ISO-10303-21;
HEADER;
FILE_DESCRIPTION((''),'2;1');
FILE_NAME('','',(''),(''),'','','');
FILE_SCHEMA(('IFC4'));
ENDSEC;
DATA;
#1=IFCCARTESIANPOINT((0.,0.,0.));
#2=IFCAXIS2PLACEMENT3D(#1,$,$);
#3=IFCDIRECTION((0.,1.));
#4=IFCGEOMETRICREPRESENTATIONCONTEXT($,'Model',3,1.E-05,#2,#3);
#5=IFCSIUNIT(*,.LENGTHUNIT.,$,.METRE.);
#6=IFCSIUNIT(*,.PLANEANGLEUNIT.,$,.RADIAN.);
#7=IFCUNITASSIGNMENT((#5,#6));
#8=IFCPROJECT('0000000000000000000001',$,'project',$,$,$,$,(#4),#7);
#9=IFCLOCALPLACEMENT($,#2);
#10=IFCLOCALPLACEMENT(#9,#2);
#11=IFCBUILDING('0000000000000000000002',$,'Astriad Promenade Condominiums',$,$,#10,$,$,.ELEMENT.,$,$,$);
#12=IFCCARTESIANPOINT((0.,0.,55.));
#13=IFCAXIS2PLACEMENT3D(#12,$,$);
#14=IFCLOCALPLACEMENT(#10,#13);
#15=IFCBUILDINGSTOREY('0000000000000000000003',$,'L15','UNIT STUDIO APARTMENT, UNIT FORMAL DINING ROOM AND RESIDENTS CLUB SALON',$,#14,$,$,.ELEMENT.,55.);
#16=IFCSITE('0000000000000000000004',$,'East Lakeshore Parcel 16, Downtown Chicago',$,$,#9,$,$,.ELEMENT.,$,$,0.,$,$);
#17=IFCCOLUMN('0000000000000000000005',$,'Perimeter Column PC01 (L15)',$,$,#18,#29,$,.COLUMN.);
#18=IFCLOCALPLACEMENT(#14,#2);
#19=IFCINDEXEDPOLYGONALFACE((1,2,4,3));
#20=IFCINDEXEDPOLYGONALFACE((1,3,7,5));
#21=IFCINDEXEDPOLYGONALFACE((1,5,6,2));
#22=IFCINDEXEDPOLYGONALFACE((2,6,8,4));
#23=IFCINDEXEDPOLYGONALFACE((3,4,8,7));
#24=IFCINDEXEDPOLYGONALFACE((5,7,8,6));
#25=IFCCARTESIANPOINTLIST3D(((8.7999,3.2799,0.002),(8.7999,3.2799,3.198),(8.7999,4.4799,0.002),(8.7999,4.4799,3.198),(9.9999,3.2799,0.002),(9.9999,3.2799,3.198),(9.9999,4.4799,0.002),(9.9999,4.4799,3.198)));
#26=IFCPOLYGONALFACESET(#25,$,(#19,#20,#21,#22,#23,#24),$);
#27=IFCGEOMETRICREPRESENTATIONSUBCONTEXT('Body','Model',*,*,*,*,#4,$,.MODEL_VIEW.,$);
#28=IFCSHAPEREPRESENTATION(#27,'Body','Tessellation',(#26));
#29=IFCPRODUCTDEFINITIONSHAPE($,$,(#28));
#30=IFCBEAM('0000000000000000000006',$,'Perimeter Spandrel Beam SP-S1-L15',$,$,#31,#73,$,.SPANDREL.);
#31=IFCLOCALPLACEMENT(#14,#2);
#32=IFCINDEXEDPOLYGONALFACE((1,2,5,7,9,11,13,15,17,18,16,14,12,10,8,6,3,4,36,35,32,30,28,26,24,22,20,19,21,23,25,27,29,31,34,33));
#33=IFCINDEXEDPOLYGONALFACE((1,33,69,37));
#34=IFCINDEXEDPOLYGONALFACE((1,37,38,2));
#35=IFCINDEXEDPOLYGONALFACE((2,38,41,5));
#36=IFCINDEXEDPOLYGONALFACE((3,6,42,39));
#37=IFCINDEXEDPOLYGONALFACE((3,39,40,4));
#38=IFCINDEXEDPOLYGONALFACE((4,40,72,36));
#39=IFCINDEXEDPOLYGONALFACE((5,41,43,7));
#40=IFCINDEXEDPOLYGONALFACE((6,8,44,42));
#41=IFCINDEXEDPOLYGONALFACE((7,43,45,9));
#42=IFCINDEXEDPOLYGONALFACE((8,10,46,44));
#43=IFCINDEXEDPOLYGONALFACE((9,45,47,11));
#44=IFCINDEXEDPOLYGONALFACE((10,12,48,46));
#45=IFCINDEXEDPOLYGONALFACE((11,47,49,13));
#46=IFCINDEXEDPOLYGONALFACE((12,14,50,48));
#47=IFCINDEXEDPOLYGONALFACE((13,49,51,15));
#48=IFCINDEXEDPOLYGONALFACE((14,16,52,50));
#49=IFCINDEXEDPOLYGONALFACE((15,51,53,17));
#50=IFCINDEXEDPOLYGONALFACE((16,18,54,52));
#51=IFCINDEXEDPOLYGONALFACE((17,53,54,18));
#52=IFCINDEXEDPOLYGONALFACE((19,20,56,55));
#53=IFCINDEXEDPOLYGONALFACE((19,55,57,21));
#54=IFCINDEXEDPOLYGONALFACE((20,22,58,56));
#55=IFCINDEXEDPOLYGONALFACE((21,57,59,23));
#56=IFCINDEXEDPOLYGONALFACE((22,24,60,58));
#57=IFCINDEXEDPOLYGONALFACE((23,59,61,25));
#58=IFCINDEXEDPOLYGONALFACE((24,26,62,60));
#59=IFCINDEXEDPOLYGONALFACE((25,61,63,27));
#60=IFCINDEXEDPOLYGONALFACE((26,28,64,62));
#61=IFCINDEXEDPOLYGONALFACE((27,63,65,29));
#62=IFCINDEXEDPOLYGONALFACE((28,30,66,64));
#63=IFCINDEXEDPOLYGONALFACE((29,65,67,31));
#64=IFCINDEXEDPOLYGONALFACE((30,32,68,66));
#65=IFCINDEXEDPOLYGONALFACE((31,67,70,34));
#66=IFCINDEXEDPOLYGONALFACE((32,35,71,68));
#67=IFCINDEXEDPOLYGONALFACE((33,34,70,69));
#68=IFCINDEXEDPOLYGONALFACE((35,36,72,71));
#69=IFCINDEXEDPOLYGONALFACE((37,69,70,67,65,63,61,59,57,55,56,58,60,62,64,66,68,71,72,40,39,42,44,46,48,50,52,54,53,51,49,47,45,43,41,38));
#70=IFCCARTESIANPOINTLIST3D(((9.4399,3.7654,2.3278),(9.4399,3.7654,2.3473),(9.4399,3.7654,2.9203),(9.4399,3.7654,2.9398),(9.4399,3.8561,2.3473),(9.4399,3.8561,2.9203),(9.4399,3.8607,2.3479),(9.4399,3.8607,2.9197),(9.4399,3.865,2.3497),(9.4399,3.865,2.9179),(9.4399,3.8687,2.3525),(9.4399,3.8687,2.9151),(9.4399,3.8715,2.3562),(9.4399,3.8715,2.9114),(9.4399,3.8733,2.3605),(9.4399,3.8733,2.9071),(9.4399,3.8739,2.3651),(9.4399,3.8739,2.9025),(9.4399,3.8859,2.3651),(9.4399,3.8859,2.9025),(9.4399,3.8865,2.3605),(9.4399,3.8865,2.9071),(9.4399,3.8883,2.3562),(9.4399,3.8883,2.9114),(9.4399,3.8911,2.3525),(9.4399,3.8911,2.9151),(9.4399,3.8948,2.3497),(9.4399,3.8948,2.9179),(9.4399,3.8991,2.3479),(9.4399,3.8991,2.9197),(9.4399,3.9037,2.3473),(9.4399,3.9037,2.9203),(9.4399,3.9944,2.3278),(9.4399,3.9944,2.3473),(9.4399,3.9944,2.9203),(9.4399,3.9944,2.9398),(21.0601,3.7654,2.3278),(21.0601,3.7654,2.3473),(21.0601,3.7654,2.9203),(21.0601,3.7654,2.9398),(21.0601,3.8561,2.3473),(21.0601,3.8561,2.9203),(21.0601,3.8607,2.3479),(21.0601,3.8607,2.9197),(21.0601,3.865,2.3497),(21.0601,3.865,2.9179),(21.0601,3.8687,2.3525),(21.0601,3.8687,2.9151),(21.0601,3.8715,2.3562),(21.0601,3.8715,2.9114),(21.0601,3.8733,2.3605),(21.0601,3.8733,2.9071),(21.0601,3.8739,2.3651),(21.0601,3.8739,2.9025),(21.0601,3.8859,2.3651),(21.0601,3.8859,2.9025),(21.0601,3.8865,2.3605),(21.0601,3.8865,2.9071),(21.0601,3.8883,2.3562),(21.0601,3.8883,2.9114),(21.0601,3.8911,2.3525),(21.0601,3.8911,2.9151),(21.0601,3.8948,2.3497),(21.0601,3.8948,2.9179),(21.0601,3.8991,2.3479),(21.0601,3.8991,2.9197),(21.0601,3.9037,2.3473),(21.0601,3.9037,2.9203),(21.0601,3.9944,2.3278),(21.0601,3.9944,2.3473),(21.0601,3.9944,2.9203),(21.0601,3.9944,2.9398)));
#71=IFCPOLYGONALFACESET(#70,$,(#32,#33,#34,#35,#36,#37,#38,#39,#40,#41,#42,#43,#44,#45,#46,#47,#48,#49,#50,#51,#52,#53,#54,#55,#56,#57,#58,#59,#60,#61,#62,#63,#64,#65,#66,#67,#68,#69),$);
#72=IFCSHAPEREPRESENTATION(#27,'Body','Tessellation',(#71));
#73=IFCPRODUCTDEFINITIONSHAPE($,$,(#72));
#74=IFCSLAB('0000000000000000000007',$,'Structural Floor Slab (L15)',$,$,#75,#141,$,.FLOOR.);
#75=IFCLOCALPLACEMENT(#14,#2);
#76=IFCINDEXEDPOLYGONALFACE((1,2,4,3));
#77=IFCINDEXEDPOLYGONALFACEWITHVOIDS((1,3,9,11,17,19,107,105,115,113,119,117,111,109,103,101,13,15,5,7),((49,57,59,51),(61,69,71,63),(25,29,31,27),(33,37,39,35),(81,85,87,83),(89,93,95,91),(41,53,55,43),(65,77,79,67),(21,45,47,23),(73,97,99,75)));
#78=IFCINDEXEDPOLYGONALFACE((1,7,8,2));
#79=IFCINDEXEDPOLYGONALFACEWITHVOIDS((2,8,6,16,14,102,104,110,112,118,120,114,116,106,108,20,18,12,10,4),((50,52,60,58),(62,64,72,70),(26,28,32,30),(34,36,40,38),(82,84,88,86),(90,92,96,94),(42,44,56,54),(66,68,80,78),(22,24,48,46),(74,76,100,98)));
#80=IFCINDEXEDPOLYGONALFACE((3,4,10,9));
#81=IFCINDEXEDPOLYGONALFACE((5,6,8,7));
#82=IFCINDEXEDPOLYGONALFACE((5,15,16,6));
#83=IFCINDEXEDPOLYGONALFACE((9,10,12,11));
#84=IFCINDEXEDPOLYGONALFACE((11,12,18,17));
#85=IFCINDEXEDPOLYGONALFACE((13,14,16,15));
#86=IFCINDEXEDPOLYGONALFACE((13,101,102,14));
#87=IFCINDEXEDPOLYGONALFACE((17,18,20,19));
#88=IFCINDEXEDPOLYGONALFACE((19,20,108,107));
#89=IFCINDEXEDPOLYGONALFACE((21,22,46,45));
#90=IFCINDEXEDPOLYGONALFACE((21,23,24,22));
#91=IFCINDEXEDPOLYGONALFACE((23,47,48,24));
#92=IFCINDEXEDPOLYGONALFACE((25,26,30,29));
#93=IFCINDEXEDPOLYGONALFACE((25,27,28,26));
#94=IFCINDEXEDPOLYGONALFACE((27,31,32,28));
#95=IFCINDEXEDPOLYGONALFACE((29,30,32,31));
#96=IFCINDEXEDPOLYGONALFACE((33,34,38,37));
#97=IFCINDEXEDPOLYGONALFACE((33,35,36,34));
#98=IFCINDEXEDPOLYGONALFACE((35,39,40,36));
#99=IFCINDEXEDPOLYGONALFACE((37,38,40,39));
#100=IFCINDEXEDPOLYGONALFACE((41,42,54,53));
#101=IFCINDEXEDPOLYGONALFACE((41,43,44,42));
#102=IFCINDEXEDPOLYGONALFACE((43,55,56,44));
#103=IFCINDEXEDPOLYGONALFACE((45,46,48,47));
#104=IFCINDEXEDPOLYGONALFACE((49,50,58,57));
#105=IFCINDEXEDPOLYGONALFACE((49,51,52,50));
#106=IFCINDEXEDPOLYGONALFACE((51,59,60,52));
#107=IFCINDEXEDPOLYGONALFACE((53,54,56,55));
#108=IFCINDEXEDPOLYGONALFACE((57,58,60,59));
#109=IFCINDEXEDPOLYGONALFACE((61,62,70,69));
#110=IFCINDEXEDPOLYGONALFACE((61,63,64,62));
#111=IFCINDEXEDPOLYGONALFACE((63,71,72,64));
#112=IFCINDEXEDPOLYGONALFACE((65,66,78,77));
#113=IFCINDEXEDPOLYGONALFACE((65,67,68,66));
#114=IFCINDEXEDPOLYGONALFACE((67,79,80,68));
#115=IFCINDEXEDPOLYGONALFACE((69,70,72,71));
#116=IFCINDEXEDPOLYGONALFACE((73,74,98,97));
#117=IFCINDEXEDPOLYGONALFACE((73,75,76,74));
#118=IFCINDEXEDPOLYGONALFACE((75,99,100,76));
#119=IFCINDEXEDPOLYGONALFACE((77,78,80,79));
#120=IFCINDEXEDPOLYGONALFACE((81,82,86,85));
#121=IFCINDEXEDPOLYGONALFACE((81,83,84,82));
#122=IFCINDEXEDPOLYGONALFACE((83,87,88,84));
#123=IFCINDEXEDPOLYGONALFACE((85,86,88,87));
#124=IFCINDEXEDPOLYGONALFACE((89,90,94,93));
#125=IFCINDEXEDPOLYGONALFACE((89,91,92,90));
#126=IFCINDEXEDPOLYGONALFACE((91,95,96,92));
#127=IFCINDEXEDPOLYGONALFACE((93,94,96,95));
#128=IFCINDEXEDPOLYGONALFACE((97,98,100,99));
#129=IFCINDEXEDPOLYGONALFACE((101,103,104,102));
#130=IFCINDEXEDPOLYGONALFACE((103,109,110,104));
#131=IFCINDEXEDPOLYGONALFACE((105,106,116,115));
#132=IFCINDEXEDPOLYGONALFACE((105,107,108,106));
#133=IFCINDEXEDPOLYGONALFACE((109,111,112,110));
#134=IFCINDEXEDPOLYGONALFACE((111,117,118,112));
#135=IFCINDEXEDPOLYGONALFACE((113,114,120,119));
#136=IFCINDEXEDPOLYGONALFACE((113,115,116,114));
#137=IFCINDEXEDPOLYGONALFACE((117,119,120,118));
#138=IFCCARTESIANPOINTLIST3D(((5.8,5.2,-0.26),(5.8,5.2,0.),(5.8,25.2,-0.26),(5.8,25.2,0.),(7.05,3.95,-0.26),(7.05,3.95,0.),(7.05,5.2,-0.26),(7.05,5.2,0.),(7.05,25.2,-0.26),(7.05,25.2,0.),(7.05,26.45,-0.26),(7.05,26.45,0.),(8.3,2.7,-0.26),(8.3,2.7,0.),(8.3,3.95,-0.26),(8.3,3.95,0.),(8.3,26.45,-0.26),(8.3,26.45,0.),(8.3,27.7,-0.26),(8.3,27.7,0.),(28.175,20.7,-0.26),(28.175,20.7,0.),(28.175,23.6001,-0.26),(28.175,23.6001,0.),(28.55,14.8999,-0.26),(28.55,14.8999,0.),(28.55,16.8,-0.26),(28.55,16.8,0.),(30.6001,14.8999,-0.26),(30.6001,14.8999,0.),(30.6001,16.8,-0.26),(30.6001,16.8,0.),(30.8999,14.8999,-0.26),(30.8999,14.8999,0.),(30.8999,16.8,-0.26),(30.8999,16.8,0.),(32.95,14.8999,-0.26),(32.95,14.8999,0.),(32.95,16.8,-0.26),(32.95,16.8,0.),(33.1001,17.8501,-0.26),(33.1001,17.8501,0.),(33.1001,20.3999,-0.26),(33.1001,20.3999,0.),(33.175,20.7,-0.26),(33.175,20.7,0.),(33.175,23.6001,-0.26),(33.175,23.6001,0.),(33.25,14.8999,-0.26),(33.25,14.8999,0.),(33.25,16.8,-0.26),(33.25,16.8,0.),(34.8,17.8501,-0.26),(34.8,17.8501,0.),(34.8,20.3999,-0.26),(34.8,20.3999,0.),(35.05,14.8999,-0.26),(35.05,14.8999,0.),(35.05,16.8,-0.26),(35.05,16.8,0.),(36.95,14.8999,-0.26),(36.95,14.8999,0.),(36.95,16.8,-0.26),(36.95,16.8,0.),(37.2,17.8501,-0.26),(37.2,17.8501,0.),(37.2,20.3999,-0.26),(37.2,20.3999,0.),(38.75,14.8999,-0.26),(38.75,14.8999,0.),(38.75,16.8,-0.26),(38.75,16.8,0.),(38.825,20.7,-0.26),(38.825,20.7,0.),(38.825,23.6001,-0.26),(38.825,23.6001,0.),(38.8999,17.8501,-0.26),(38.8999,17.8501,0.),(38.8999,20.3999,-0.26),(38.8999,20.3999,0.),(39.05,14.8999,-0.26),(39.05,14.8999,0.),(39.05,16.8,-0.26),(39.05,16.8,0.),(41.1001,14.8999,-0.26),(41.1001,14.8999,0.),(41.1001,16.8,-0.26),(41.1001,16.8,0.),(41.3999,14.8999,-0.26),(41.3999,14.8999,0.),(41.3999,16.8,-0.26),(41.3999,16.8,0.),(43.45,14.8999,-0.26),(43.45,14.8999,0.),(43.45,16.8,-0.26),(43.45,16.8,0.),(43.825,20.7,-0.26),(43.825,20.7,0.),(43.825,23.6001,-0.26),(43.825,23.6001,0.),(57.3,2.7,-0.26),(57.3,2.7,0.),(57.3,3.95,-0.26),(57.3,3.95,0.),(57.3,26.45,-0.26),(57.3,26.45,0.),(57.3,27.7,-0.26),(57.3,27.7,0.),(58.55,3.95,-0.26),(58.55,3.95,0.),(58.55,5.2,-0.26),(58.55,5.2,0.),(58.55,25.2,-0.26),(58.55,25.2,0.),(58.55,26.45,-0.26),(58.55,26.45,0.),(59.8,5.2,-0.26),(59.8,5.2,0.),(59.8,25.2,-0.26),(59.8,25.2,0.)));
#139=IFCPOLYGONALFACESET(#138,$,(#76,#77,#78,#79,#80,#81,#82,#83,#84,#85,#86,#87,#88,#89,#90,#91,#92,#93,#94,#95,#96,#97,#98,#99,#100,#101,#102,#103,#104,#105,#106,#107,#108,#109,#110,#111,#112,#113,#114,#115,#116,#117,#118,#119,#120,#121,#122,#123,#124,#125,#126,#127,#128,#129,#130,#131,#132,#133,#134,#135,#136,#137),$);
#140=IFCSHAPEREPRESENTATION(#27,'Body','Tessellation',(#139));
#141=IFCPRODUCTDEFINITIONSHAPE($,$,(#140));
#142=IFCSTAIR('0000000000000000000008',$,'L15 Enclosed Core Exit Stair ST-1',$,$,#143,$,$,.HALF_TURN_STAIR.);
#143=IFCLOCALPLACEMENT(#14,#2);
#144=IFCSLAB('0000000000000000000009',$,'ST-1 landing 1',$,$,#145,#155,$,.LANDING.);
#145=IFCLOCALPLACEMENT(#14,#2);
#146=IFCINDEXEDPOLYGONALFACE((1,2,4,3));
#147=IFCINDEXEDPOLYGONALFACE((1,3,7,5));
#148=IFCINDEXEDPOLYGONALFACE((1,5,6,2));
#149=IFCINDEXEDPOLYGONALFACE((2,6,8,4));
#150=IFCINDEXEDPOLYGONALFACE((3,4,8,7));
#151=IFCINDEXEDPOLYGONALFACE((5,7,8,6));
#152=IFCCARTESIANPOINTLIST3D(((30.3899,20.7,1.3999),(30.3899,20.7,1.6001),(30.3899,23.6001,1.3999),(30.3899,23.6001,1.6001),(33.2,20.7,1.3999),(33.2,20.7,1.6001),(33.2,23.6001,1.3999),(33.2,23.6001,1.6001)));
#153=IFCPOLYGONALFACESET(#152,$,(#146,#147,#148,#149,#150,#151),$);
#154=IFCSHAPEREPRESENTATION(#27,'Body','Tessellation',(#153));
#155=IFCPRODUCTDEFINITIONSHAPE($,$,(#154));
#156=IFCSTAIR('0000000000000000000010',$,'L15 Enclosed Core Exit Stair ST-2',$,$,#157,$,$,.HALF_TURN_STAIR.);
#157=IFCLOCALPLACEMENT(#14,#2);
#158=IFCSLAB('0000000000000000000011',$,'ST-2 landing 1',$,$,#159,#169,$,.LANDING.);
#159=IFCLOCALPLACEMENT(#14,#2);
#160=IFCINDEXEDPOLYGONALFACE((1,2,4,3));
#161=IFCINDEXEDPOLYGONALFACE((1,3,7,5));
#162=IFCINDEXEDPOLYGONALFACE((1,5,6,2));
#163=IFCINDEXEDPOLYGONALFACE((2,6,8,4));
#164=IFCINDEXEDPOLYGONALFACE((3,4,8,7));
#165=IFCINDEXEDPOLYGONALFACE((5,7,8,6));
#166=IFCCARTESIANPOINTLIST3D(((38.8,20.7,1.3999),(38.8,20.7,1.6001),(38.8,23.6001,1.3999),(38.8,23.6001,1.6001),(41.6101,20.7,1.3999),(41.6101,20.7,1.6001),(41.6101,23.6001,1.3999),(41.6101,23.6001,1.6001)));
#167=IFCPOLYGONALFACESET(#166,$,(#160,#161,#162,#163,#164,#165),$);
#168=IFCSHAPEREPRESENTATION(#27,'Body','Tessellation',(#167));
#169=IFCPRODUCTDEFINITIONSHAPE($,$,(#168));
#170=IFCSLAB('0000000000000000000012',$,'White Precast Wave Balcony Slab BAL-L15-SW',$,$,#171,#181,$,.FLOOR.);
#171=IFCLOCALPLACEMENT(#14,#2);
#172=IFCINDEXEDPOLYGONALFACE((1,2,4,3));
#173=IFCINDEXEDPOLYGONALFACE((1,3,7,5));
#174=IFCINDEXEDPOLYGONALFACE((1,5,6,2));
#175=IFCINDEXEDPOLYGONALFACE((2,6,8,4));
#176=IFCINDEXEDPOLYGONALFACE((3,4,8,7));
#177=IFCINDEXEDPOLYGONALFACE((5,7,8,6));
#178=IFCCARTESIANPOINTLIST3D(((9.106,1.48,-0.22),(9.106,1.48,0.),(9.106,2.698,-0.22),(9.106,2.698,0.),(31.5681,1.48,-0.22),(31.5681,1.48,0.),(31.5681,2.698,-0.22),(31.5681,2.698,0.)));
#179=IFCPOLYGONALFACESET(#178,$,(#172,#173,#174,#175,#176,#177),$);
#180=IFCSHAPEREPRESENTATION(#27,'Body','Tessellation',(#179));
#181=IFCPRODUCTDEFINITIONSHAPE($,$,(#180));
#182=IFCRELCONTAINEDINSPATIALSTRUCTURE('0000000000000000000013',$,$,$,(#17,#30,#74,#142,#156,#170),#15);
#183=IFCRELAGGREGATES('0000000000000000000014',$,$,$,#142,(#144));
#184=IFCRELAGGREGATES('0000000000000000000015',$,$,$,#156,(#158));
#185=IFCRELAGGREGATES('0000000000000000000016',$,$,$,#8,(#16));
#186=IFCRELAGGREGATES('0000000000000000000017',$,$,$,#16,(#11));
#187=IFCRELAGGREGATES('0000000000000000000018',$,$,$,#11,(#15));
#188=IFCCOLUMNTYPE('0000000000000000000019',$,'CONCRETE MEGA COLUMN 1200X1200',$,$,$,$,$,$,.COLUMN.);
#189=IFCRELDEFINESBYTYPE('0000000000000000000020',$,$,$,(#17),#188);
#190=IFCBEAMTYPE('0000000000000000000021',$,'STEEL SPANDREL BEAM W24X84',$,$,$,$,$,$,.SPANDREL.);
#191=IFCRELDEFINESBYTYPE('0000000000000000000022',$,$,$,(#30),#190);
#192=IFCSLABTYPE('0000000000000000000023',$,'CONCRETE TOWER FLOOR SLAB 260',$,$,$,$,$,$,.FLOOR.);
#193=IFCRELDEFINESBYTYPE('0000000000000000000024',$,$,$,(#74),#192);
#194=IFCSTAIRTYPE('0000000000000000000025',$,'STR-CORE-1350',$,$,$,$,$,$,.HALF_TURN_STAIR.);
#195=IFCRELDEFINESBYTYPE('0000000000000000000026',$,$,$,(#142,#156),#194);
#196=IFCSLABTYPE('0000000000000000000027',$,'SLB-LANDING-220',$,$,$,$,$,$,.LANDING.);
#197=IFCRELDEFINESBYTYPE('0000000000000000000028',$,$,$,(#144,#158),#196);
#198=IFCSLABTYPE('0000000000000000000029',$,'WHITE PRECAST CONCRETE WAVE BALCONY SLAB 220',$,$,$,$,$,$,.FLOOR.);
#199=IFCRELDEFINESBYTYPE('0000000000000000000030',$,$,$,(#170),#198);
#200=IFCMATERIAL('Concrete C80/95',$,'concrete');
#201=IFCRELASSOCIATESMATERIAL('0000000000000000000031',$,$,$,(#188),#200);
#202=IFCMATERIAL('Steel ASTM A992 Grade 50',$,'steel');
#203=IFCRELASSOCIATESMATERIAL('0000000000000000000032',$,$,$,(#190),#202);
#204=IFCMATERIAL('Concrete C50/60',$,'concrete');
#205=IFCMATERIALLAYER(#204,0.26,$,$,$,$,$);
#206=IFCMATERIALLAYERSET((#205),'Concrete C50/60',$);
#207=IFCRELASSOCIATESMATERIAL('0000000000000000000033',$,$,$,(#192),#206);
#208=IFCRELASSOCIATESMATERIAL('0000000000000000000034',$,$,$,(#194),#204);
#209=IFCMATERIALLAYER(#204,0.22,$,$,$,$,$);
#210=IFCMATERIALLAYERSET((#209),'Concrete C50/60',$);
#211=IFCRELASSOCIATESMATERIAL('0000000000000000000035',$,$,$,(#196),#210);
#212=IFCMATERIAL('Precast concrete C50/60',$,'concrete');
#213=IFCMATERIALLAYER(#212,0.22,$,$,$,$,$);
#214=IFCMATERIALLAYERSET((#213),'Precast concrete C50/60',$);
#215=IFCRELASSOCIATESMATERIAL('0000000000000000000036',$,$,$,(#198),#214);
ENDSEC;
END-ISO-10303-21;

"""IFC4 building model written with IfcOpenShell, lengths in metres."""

from ifc_helpers import new_model, si_unit, direction, frame, origin, origin_2d, place, context, subcontext, project, spatial, polyline, rectangle, i_section, outline, extrude, source, transform, mapped, material, layer, layer_set, material_profile, profile_set, type_object, type_shapes, element, aggregate, save


model = new_model("IFC4")

# Units and contexts
model_context = context("Model", 3, precision=1e-05, world=origin(), true_north=direction((0.0, 1.0)))
body_context = subcontext(model_context, "Body", "Model", "MODEL_VIEW")
ifc_project = project(units=[si_unit("LENGTHUNIT", "METRE"), si_unit("PLANEANGLEUNIT", "RADIAN")], contexts=[model_context])

# Site, building, storey
site_placement = place(None, origin())
site = spatial("IfcSite", under=ifc_project, at=site_placement, Name="East Lakeshore Parcel 16, Downtown Chicago", CompositionType="ELEMENT", RefElevation=0.0)
building_placement = place(site_placement, origin())
building = spatial("IfcBuilding", under=site, at=building_placement, Name="Astriad Promenade Condominiums", CompositionType="ELEMENT")
storey_placement = place(building_placement, frame((0.0, 0.0, 55.0)))
storey = spatial("IfcBuildingStorey", under=building, at=storey_placement, Name="L15", Description="UNIT STUDIO APARTMENT, UNIT FORMAL DINING ROOM AND RESIDENTS CLUB SALON", CompositionType="ELEMENT", Elevation=55.0)

# Column
ifc_material_1 = material(Name="Concrete C80/95", Category="concrete")
ifc_material_profile_1 = material_profile(ifc_material_1, rectangle(XDim=1.2, YDim=1.2, at=origin_2d()), Name="RC-COL-1200X1200")
ifc_profile_set_1 = profile_set([ifc_material_profile_1], Name="Concrete C80/95")
column_type = type_object("IfcColumnType", Name="CONCRETE MEGA COLUMN 1200X1200", PredefinedType="COLUMN", material=ifc_profile_set_1)
shared_shape_1 = source(origin(), body_context, "Body", "SweptSolid", [
    extrude(rectangle(XDim=1.2, YDim=1.2, at=origin_2d()), origin(), (0.0, 0.0, 1.0), 3.196),
])
type_shapes(column_type, [shared_shape_1])
column_placement = place(storey_placement, frame((9.3999, 3.8799, 0.002), z_axis=(0.0, 0.0, 1.0), x_axis=(1.0, 0.0, 0.0)))
element("IfcColumn", 1, at=column_placement, inside=storey, type_object=column_type, Name="Perimeter Column PC01 (L15)", PredefinedType="COLUMN", context=body_context, shape_type="MappedRepresentation", body=[
    mapped(shared_shape_1, transform((0.0, 0.0, 0.0), scale=1.0)),
])

# Beam
ifc_material_2 = material(Name="Steel ASTM A992 Grade 50", Category="steel")
ifc_material_profile_2 = material_profile(ifc_material_2, i_section(OverallWidth=0.229, OverallDepth=0.6121, WebThickness=0.012, FlangeThickness=0.0195, FilletRadius=0.0178, at=origin_2d()), Name="W24X84")
ifc_profile_set_2 = profile_set([ifc_material_profile_2], Name="Steel ASTM A992 Grade 50")
beam_type = type_object("IfcBeamType", Name="STEEL SPANDREL BEAM W24X84", PredefinedType="SPANDREL", material=ifc_profile_set_2)
shared_shape_2 = source(origin(), body_context, "Body", "SweptSolid", [
    extrude(i_section(OverallWidth=0.229, OverallDepth=0.6121, WebThickness=0.012, FlangeThickness=0.0195, FilletRadius=0.0178, at=origin_2d()), origin(), (0.0, 0.0, 1.0), 11.6201),
])
type_shapes(beam_type, [shared_shape_2])
beam_placement = place(storey_placement, frame((9.4399, 3.8799, 2.6338), z_axis=(1.0, 0.0, 0.0), x_axis=(0.0, 1.0, 0.0)))
element("IfcBeam", 2, at=beam_placement, inside=storey, type_object=beam_type, Name="Perimeter Spandrel Beam SP-S1-L15", PredefinedType="SPANDREL", context=body_context, shape_type="MappedRepresentation", body=[
    mapped(shared_shape_2, transform((0.0, 0.0, 0.0), scale=1.0)),
])

# Slab
ifc_material_3 = material(Name="Concrete C50/60", Category="concrete")
ifc_layer_1 = layer(ifc_material_3, 0.26)
ifc_layer_set_1 = layer_set([ifc_layer_1], Name="Concrete C50/60")
slab_type_1 = type_object("IfcSlabType", Name="CONCRETE TOWER FLOOR SLAB 260", PredefinedType="FLOOR", material=ifc_layer_set_1)
slab_1_placement = place(storey_placement, frame((0.0, 0.0, -0.26)))
element("IfcSlab", 3, at=slab_1_placement, inside=storey, type_object=slab_type_1, Name="Structural Floor Slab (L15)", PredefinedType="FLOOR", context=body_context, shape_type="SweptSolid", body=[
    extrude(outline(polyline([(8.3, 2.7), (57.3, 2.7), (57.3, 3.95), (58.55, 3.95), (58.55, 5.2), (59.8, 5.2), (59.8, 25.2), (58.55, 25.2), (58.55, 26.45), (57.3, 26.45), (57.3, 27.7), (8.3, 27.7), (8.3, 26.45), (7.05, 26.45), (7.05, 25.2), (5.8, 25.2), (5.8, 5.2), (7.05, 5.2), (7.05, 3.95), (8.3, 3.95), (8.3, 2.7)]), holes=[polyline([(28.175, 20.7), (33.175, 20.7), (33.175, 23.6001), (28.175, 23.6001), (28.175, 20.7)]), polyline([(38.825, 20.7), (43.825, 20.7), (43.825, 23.6001), (38.825, 23.6001), (38.825, 20.7)]), polyline([(33.1001, 17.8501), (34.8, 17.8501), (34.8, 20.3999), (33.1001, 20.3999), (33.1001, 17.8501)]), polyline([(37.2, 17.8501), (38.8999, 17.8501), (38.8999, 20.3999), (37.2, 20.3999), (37.2, 17.8501)]), polyline([(28.55, 14.8999), (30.6001, 14.8999), (30.6001, 16.8), (28.55, 16.8), (28.55, 14.8999)]), polyline([(30.8999, 14.8999), (32.95, 14.8999), (32.95, 16.8), (30.8999, 16.8), (30.8999, 14.8999)]), polyline([(33.25, 14.8999), (35.05, 14.8999), (35.05, 16.8), (33.25, 16.8), (33.25, 14.8999)]), polyline([(36.95, 14.8999), (38.75, 14.8999), (38.75, 16.8), (36.95, 16.8), (36.95, 14.8999)]), polyline([(39.05, 14.8999), (41.1001, 14.8999), (41.1001, 16.8), (39.05, 16.8), (39.05, 14.8999)]), polyline([(41.3999, 14.8999), (43.45, 14.8999), (43.45, 16.8), (41.3999, 16.8), (41.3999, 14.8999)])]), origin(), (0.0, 0.0, 1.0), 0.26),
])

# Stairs, slabs
stair_type = type_object("IfcStairType", Name="STR-CORE-1350", PredefinedType="HALF_TURN_STAIR", material=ifc_material_3)
stair_1_placement = place(storey_placement, origin())
stair_1 = element("IfcStair", 4, at=stair_1_placement, inside=storey, type_object=stair_type, Name="L15 Enclosed Core Exit Stair ST-1", PredefinedType="HALF_TURN_STAIR")
ifc_layer_2 = layer(ifc_material_3, 0.22)
ifc_layer_set_2 = layer_set([ifc_layer_2], Name="Concrete C50/60")
slab_type_2 = type_object("IfcSlabType", Name="SLB-LANDING-220", PredefinedType="LANDING", material=ifc_layer_set_2)
slab_2_placement = place(storey_placement, frame((0.0, 0.0, 1.3999)))
slab_2 = element("IfcSlab", 5, at=slab_2_placement, type_object=slab_type_2, Name="ST-1 landing 1", PredefinedType="LANDING", context=body_context, shape_type="SweptSolid", body=[
    extrude(outline(polyline([(30.3899, 20.7), (33.2, 20.7), (33.2, 23.6001), (30.3899, 23.6001), (30.3899, 20.7)])), origin(), (0.0, 0.0, 1.0), 0.2002),
])
aggregate(stair_1, [slab_2])
stair_2_placement = place(storey_placement, origin())
stair_2 = element("IfcStair", 6, at=stair_2_placement, inside=storey, type_object=stair_type, Name="L15 Enclosed Core Exit Stair ST-2", PredefinedType="HALF_TURN_STAIR")
slab_3_placement = place(storey_placement, frame((0.0, 0.0, 1.3999)))
slab_3 = element("IfcSlab", 7, at=slab_3_placement, type_object=slab_type_2, Name="ST-2 landing 1", PredefinedType="LANDING", context=body_context, shape_type="SweptSolid", body=[
    extrude(outline(polyline([(41.6101, 23.6001), (38.8, 23.6001), (38.8, 20.7), (41.6101, 20.7), (41.6101, 23.6001)])), origin(), (0.0, 0.0, 1.0), 0.2002),
])
aggregate(stair_2, [slab_3])

# Slab
ifc_material_4 = material(Name="Precast concrete C50/60", Category="concrete")
ifc_layer_3 = layer(ifc_material_4, 0.22)
ifc_layer_set_3 = layer_set([ifc_layer_3], Name="Precast concrete C50/60")
slab_type_3 = type_object("IfcSlabType", Name="WHITE PRECAST CONCRETE WAVE BALCONY SLAB 220", PredefinedType="FLOOR", material=ifc_layer_set_3)
slab_4_placement = place(storey_placement, frame((0.0, 0.0, -0.22)))
element("IfcSlab", 8, at=slab_4_placement, inside=storey, type_object=slab_type_3, Name="White Precast Wave Balcony Slab BAL-L15-SW", PredefinedType="FLOOR", context=body_context, shape_type="SweptSolid", body=[
    extrude(outline(polyline([(31.5681, 1.48), (9.106, 1.48), (9.106, 2.698), (31.5681, 2.698), (31.5681, 1.48)])), origin(), (0.0, 0.0, 1.0), 0.22),
])

save(model, "model.ifc")
